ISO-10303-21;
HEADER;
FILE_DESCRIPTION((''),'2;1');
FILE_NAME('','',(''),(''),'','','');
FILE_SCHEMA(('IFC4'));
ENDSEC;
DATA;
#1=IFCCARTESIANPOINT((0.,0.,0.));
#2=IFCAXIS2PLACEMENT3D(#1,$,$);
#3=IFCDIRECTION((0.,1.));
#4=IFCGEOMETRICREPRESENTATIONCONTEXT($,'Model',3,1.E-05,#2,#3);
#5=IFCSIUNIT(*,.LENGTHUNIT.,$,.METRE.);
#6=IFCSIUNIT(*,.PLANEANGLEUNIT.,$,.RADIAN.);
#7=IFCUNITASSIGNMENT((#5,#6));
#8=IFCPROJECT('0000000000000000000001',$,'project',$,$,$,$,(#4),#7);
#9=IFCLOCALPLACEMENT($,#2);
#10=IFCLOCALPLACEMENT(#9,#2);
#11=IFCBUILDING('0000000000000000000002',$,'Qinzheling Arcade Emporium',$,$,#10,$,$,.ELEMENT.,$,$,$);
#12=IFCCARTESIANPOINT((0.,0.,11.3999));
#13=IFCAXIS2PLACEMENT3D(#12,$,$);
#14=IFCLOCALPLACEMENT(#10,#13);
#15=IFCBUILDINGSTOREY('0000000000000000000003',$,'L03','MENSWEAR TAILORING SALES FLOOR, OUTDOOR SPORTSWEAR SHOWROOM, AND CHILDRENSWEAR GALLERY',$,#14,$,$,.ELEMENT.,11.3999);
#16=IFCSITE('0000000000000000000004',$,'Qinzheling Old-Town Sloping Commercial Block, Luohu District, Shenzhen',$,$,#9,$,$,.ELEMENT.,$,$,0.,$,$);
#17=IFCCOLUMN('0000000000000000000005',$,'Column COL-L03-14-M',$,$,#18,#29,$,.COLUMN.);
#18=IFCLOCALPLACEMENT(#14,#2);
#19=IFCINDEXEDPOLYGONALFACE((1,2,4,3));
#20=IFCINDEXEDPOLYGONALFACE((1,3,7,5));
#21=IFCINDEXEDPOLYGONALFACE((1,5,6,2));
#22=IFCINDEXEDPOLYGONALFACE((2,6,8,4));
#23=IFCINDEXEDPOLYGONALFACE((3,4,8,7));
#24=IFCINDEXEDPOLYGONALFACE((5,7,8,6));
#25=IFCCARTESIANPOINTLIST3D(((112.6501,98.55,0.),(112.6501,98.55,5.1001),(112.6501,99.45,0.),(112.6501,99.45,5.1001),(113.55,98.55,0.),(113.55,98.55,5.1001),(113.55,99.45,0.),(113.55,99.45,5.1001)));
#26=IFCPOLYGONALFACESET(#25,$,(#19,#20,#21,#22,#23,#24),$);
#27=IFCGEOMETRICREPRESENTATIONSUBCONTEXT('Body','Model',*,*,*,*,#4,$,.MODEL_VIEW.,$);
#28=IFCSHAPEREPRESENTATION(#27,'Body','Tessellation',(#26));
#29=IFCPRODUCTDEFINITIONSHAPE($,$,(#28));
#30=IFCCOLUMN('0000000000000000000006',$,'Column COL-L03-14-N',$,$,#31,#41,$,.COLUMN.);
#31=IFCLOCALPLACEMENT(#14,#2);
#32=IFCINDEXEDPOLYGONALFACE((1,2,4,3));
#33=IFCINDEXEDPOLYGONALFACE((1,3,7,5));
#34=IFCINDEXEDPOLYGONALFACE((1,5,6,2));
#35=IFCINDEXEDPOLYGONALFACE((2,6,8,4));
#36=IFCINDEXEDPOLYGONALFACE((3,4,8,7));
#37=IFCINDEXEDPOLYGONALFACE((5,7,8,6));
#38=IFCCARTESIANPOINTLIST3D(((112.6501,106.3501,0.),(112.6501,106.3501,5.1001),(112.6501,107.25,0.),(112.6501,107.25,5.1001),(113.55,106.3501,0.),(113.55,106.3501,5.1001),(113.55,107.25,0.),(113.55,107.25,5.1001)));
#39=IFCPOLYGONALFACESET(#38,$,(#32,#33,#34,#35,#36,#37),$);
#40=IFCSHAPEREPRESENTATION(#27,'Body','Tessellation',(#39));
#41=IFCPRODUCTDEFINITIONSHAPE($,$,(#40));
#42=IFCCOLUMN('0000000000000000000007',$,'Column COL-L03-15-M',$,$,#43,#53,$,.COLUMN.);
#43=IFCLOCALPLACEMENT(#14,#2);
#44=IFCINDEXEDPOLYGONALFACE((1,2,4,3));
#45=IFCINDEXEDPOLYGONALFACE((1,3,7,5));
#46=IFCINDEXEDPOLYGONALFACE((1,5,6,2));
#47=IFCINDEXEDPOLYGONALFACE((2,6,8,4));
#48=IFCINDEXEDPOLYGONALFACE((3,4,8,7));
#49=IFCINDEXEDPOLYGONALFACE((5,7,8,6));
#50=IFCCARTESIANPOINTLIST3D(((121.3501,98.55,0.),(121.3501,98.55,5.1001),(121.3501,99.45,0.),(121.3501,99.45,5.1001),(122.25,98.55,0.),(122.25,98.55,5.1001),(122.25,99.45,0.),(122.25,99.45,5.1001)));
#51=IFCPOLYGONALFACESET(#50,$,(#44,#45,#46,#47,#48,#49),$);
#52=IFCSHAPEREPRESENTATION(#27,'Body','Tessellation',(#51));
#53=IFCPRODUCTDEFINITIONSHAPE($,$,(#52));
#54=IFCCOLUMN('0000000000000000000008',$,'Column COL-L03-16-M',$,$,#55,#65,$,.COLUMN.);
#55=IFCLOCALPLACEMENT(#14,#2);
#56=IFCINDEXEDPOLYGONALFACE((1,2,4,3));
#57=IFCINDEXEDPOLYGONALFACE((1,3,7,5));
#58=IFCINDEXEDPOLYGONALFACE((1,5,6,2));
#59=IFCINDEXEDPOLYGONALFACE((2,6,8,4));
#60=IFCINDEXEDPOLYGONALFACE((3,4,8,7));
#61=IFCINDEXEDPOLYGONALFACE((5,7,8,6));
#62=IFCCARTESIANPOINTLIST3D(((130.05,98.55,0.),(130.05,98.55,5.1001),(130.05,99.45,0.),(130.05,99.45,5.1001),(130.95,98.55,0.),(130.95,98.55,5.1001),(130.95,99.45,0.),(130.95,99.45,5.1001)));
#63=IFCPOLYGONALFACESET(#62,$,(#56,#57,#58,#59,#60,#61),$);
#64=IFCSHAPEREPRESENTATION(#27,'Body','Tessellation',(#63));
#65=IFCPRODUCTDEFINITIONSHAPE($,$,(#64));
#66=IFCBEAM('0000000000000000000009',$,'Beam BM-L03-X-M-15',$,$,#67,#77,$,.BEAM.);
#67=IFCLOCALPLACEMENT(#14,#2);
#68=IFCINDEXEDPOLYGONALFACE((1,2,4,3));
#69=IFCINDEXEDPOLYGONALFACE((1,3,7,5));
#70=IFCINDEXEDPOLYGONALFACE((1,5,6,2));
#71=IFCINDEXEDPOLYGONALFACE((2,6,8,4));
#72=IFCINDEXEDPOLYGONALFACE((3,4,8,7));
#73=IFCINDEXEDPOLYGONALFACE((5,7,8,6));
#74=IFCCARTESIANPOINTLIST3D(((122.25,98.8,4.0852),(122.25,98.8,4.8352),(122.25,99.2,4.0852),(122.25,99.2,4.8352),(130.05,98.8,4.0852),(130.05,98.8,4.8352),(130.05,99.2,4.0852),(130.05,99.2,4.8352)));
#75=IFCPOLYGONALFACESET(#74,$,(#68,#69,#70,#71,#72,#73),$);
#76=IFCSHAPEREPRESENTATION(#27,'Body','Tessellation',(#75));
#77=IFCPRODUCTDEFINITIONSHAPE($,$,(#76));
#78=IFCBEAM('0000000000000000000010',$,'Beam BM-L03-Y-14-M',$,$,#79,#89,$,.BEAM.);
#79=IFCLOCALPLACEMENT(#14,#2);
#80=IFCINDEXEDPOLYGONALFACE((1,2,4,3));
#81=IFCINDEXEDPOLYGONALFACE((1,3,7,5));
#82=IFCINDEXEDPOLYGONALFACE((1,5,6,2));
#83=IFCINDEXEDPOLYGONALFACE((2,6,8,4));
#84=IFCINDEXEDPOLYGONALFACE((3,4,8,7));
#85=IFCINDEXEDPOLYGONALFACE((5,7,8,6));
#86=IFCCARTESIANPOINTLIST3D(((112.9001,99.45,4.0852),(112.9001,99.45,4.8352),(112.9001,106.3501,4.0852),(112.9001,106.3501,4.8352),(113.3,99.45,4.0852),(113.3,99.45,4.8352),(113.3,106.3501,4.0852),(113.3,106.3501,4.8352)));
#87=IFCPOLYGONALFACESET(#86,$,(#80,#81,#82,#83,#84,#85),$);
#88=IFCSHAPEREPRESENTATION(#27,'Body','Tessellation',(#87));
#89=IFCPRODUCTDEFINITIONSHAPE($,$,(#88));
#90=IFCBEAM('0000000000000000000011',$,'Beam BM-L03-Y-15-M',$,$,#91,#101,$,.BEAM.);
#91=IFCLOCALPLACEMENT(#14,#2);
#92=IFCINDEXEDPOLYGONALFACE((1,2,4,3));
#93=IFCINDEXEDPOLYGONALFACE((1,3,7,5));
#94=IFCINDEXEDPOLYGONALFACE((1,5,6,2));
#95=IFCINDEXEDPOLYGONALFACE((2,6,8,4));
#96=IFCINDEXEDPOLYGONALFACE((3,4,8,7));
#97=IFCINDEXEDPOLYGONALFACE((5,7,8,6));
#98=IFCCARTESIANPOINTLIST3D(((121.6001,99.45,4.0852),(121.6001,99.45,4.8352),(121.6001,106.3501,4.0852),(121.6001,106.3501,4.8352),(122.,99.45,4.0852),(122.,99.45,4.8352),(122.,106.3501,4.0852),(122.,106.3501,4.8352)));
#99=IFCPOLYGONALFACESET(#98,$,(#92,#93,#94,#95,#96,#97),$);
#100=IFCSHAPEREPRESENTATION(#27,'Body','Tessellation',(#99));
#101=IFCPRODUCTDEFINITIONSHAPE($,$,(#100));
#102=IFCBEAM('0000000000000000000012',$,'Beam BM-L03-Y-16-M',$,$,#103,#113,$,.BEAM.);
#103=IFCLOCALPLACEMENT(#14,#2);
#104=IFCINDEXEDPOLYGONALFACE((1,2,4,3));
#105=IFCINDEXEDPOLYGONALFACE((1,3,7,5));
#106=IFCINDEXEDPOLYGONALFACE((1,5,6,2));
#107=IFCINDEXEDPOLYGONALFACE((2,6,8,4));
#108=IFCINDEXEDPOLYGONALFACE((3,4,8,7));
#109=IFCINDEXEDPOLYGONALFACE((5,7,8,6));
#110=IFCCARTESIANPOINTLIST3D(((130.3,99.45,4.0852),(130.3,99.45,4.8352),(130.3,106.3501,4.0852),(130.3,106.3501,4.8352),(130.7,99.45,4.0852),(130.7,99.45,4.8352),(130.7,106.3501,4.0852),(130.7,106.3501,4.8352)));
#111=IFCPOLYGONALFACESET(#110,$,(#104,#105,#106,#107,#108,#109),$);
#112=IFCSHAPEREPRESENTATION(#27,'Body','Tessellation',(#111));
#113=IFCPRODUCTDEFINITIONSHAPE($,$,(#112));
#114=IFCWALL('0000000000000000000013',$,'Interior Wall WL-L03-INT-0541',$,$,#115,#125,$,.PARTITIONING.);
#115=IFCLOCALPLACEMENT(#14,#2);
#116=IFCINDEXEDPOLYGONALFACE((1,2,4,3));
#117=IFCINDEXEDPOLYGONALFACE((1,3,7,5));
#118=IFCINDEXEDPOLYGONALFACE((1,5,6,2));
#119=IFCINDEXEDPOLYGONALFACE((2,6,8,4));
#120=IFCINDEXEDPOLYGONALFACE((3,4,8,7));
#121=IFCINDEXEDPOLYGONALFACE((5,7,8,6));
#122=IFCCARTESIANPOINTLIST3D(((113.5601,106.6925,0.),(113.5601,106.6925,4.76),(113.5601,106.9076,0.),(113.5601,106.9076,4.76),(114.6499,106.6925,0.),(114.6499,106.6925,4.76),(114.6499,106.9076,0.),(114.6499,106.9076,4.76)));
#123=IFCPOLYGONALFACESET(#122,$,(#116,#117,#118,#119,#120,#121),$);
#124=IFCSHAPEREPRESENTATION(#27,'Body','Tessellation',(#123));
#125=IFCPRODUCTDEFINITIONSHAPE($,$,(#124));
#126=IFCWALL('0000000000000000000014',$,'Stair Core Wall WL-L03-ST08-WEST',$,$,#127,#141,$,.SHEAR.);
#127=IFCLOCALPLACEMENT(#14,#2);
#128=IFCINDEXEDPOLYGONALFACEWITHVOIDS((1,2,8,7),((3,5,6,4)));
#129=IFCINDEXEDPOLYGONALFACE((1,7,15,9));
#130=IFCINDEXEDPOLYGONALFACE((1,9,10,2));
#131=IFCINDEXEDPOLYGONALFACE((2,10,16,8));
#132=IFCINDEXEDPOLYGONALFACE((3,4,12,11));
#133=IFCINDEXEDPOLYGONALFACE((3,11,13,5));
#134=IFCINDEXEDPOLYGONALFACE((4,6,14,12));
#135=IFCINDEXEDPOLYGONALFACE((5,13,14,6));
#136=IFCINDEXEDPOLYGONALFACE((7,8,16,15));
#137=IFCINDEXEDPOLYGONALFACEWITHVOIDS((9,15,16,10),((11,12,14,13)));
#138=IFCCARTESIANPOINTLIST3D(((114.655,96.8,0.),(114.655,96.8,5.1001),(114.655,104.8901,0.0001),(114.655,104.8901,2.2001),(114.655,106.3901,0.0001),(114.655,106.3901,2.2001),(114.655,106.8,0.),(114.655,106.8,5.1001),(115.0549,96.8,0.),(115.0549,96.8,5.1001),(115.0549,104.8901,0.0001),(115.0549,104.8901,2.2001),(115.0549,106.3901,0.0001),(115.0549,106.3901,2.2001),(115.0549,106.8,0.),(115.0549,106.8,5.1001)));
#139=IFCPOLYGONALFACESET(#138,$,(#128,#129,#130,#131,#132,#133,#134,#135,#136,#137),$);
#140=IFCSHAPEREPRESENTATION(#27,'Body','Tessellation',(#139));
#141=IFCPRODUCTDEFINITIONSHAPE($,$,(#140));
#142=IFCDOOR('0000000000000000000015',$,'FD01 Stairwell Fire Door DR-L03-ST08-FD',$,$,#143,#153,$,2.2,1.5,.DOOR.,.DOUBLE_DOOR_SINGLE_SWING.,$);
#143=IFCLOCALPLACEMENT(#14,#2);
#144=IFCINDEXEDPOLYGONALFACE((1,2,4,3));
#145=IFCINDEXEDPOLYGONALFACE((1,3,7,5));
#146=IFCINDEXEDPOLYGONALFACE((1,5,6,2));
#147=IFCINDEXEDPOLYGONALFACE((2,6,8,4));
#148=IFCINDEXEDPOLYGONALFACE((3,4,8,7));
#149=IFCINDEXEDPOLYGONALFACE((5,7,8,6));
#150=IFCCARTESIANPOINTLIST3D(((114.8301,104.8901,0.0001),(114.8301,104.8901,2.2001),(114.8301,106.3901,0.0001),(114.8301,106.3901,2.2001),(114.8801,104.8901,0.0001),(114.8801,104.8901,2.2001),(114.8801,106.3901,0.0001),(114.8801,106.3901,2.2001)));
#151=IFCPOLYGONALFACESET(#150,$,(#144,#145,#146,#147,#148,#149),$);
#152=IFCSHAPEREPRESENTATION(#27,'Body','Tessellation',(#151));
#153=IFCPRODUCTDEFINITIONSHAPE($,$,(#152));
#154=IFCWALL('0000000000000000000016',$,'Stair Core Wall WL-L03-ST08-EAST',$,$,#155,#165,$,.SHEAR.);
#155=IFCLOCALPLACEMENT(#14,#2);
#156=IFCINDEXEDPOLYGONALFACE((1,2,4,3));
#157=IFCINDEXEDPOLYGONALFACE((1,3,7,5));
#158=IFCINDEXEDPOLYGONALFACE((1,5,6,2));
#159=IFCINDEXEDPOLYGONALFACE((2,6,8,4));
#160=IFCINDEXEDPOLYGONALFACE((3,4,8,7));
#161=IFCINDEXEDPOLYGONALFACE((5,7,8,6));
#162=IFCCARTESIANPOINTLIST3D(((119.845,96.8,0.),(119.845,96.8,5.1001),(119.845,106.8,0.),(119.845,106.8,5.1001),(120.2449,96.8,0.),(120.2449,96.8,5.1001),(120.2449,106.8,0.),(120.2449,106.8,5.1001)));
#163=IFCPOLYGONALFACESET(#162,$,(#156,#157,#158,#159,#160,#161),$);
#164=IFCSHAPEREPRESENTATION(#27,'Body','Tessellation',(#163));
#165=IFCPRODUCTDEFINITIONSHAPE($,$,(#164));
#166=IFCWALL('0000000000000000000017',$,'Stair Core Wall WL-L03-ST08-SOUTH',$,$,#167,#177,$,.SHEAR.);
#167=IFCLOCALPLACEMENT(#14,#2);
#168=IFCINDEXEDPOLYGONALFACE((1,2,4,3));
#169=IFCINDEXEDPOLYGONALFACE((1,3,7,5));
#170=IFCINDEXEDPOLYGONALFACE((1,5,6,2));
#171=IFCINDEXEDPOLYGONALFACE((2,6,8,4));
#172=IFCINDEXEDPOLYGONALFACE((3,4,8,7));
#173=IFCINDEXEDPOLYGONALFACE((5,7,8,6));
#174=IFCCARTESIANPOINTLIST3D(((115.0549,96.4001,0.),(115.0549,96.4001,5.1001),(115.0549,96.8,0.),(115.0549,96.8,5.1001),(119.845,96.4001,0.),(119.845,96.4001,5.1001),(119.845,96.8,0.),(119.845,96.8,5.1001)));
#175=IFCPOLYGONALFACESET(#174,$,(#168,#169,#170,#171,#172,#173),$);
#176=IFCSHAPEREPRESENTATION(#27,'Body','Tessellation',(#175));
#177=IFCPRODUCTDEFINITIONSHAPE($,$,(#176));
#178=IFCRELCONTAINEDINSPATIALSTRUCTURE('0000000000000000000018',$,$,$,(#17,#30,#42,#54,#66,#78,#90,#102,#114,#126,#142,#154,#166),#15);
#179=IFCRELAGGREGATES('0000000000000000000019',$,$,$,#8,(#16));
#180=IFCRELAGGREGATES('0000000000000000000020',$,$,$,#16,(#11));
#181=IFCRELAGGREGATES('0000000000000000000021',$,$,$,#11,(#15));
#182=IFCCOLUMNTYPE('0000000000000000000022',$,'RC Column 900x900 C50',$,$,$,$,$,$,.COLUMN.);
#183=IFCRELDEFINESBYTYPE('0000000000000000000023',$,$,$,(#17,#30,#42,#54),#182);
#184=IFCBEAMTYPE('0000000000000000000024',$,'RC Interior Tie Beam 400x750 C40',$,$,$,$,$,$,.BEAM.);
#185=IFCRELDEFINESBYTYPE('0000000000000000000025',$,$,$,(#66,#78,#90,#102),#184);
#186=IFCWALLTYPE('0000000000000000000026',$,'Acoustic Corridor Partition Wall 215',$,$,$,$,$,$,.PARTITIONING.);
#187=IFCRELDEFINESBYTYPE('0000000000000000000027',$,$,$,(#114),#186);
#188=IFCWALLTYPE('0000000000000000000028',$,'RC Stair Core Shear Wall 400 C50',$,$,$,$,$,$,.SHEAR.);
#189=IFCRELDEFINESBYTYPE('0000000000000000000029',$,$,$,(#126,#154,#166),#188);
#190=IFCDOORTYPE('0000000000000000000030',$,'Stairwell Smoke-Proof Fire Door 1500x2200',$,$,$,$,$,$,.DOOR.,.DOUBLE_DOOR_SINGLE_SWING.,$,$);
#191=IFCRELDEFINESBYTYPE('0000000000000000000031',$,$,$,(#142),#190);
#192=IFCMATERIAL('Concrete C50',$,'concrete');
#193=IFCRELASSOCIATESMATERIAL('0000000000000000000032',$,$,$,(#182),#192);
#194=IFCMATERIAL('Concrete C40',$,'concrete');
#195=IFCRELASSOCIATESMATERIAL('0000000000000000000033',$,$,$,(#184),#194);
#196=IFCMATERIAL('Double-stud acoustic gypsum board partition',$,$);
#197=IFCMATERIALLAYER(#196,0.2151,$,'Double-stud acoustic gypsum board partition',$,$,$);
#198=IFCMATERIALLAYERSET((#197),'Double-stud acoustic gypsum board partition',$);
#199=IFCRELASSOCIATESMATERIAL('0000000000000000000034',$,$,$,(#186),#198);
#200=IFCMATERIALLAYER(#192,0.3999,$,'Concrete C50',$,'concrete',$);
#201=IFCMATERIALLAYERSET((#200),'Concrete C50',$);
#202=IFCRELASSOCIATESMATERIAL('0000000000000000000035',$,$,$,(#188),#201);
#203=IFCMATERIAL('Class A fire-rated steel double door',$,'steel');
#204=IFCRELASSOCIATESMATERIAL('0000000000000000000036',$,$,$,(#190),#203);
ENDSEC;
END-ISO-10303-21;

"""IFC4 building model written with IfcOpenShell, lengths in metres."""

from ifc_helpers import new_model, si_unit, direction, frame, frame_2d, origin, origin_2d, place, context, subcontext, project, spatial, rectangle, extrude, material, layer, layer_set, material_profile, profile_set, type_object, element, fill, save


model = new_model("IFC4")

# Units and contexts
model_context = context("Model", 3, precision=1e-05, world=origin(), true_north=direction((0.0, 1.0)))
body_context = subcontext(model_context, "Body", "Model", "MODEL_VIEW")
ifc_project = project(units=[si_unit("LENGTHUNIT", "METRE"), si_unit("PLANEANGLEUNIT", "RADIAN")], contexts=[model_context])

# Site, building, storey
site_placement = place(None, origin())
site = spatial("IfcSite", under=ifc_project, at=site_placement, Name="Qinzheling Old-Town Sloping Commercial Block, Luohu District, Shenzhen", CompositionType="ELEMENT", RefElevation=0.0)
building_placement = place(site_placement, origin())
building = spatial("IfcBuilding", under=site, at=building_placement, Name="Qinzheling Arcade Emporium", CompositionType="ELEMENT")
storey_placement = place(building_placement, frame((0.0, 0.0, 11.3999)))
storey = spatial("IfcBuildingStorey", under=building, at=storey_placement, Name="L03", Description="MENSWEAR TAILORING SALES FLOOR, OUTDOOR SPORTSWEAR SHOWROOM, AND CHILDRENSWEAR GALLERY", CompositionType="ELEMENT", Elevation=11.3999)

# Columns
ifc_material_1 = material(Name="Concrete C50", Category="concrete")
ifc_material_profile_1 = material_profile(ifc_material_1, rectangle(XDim=0.8999, YDim=0.8999, at=origin_2d()), Name="RC 900x900", Category="concrete")
ifc_profile_set_1 = profile_set([ifc_material_profile_1], Name="Concrete C50")
column_type = type_object("IfcColumnType", Name="RC Column 900x900 C50", PredefinedType="COLUMN", material=ifc_profile_set_1)
for number, where, z_axis, x_axis, name in (
    (1, (113.1001, 99.0, 0.0), (0.0, 0.0, 1.0), (1.0, 0.0, 0.0), "Column COL-L03-14-M"),
    (2, (113.1001, 106.8, 0.0), (0.0, 0.0, 1.0), (1.0, 0.0, 0.0), "Column COL-L03-14-N"),
    (3, (121.8, 99.0, 0.0), (0.0, 0.0, 1.0), (1.0, 0.0, 0.0), "Column COL-L03-15-M"),
    (4, (130.5, 99.0, 0.0), (0.0, 0.0, 1.0), (1.0, 0.0, 0.0), "Column COL-L03-16-M"),
):
    element("IfcColumn", number, at=place(storey_placement, frame(where, z_axis=z_axis, x_axis=x_axis)), inside=storey, type_object=column_type, Name=name, PredefinedType="COLUMN", context=body_context, shape_type="SweptSolid", body=[
        extrude(rectangle(XDim=0.8999, YDim=0.8999, at=origin_2d()), origin(), (0.0, 0.0, 1.0), 5.1001),
    ])

# Beams
ifc_material_2 = material(Name="Concrete C40", Category="concrete")
ifc_material_profile_2 = material_profile(ifc_material_2, rectangle(XDim=0.3999, YDim=0.75, at=origin_2d()), Name="RC 400x750", Category="concrete")
ifc_profile_set_2 = profile_set([ifc_material_profile_2], Name="Concrete C40")
beam_type = type_object("IfcBeamType", Name="RC Interior Tie Beam 400x750 C40", PredefinedType="BEAM", material=ifc_profile_set_2)
beam_placement = place(storey_placement, frame((122.25, 99.0, 4.4602), z_axis=(1.0, 0.0, 0.0), x_axis=(0.0, 1.0, 0.0)))
element("IfcBeam", 5, at=beam_placement, inside=storey, type_object=beam_type, Name="Beam BM-L03-X-M-15", PredefinedType="BEAM", context=body_context, shape_type="SweptSolid", body=[
    extrude(rectangle(XDim=0.3999, YDim=0.75, at=origin_2d()), origin(), (0.0, 0.0, 1.0), 7.8),
])
for number, where, z_axis, x_axis, name in (
    (6, (113.1001, 99.45, 4.4602), (0.0, 1.0, 0.0), (-1.0, 0.0, 0.0), "Beam BM-L03-Y-14-M"),
    (7, (121.8, 99.45, 4.4602), (0.0, 1.0, 0.0), (-1.0, 0.0, 0.0), "Beam BM-L03-Y-15-M"),
    (8, (130.5, 99.45, 4.4602), (0.0, 1.0, 0.0), (-1.0, 0.0, 0.0), "Beam BM-L03-Y-16-M"),
):
    element("IfcBeam", number, at=place(storey_placement, frame(where, z_axis=z_axis, x_axis=x_axis)), inside=storey, type_object=beam_type, Name=name, PredefinedType="BEAM", context=body_context, shape_type="SweptSolid", body=[
        extrude(rectangle(XDim=0.3999, YDim=0.75, at=origin_2d()), origin(), (0.0, 0.0, 1.0), 6.9001),
    ])

# Wall
ifc_material_3 = material(Name="Double-stud acoustic gypsum board partition")
ifc_layer_1 = layer(ifc_material_3, 0.2151, Name="Double-stud acoustic gypsum board partition")
ifc_layer_set_1 = layer_set([ifc_layer_1], Name="Double-stud acoustic gypsum board partition")
wall_type_1 = type_object("IfcWallType", Name="Acoustic Corridor Partition Wall 215", PredefinedType="PARTITIONING", material=ifc_layer_set_1)
wall_1_placement = place(storey_placement, frame((113.5601, 106.8, 0.0), z_axis=(0.0, 0.0, 1.0), x_axis=(1.0, 0.0, 0.0)))
element("IfcWall", 9, at=wall_1_placement, inside=storey, type_object=wall_type_1, Name="Interior Wall WL-L03-INT-0541", PredefinedType="PARTITIONING", context=body_context, shape_type="SweptSolid", body=[
    extrude(rectangle(XDim=1.0898, YDim=0.2151, at=frame_2d((0.5449, 0.0))), origin(), (0.0, 0.0, 1.0), 4.76),
])

# Wall, opening, door
ifc_layer_2 = layer(ifc_material_1, 0.3999, Name="Concrete C50", Category="concrete")
ifc_layer_set_2 = layer_set([ifc_layer_2], Name="Concrete C50")
wall_type_2 = type_object("IfcWallType", Name="RC Stair Core Shear Wall 400 C50", PredefinedType="SHEAR", material=ifc_layer_set_2)
wall_2_placement = place(storey_placement, frame((114.855, 96.8, 0.0), z_axis=(0.0, 0.0, 1.0), x_axis=(0.0, 1.0, 0.0)))
wall_2 = element("IfcWall", 10, at=wall_2_placement, inside=storey, type_object=wall_type_2, Name="Stair Core Wall WL-L03-ST08-WEST", PredefinedType="SHEAR", context=body_context, shape_type="SweptSolid", body=[
    extrude(rectangle(XDim=10.0, YDim=0.3999, at=frame_2d((5.0, 0.0))), origin(), (0.0, 0.0, 1.0), 5.1001),
])
opening_placement = place(wall_2_placement, frame((8.0901, 0.0, 0.0)))
opening = element("IfcOpeningElement", 11, at=opening_placement, cuts=wall_2, PredefinedType="OPENING", context=body_context, shape_type="SweptSolid", body=[
    extrude(rectangle(XDim=1.5, YDim=2.2, at=frame_2d((0.75, 1.1001))), frame((0.0, 0.21, 0.0), z_axis=(0.0, -1.0, 0.0), x_axis=(1.0, 0.0, 0.0)), (0.0, 0.0, 1.0), 0.4199),
])
ifc_material_4 = material(Name="Class A fire-rated steel double door", Category="steel")
door_type = type_object("IfcDoorType", Name="Stairwell Smoke-Proof Fire Door 1500x2200", OperationType="DOUBLE_DOOR_SINGLE_SWING", PredefinedType="DOOR", material=ifc_material_4)
door_placement = place(opening_placement, origin())
door = element("IfcDoor", 12, at=door_placement, inside=storey, type_object=door_type, Name="FD01 Stairwell Fire Door DR-L03-ST08-FD", OperationType="DOUBLE_DOOR_SINGLE_SWING", OverallHeight=2.2, OverallWidth=1.5, PredefinedType="DOOR", context=body_context, shape_type="SweptSolid", body=[
    extrude(rectangle(XDim=1.5, YDim=2.2, at=frame_2d((0.75, 1.1001))), frame((0.0, 0.0249, 0.0), z_axis=(0.0, -1.0, 0.0), x_axis=(1.0, 0.0, 0.0)), (0.0, 0.0, 1.0), 0.05),
])
fill(opening, door)

# Walls
wall_3_placement = place(storey_placement, frame((120.0449, 106.8, 0.0), z_axis=(0.0, 0.0, 1.0), x_axis=(0.0, -1.0, 0.0)))
element("IfcWall", 13, at=wall_3_placement, inside=storey, type_object=wall_type_2, Name="Stair Core Wall WL-L03-ST08-EAST", PredefinedType="SHEAR", context=body_context, shape_type="SweptSolid", body=[
    extrude(rectangle(XDim=10.0, YDim=0.3999, at=frame_2d((5.0, 0.0))), origin(), (0.0, 0.0, 1.0), 5.1001),
])
wall_4_placement = place(storey_placement, frame((119.845, 96.6001, 0.0), z_axis=(0.0, 0.0, 1.0), x_axis=(-1.0, 0.0, 0.0)))
element("IfcWall", 14, at=wall_4_placement, inside=storey, type_object=wall_type_2, Name="Stair Core Wall WL-L03-ST08-SOUTH", PredefinedType="SHEAR", context=body_context, shape_type="SweptSolid", body=[
    extrude(rectangle(XDim=4.79, YDim=0.3999, at=frame_2d((2.395, 0.0))), origin(), (0.0, 0.0, 1.0), 5.1001),
])

save(model, "model.ifc")
